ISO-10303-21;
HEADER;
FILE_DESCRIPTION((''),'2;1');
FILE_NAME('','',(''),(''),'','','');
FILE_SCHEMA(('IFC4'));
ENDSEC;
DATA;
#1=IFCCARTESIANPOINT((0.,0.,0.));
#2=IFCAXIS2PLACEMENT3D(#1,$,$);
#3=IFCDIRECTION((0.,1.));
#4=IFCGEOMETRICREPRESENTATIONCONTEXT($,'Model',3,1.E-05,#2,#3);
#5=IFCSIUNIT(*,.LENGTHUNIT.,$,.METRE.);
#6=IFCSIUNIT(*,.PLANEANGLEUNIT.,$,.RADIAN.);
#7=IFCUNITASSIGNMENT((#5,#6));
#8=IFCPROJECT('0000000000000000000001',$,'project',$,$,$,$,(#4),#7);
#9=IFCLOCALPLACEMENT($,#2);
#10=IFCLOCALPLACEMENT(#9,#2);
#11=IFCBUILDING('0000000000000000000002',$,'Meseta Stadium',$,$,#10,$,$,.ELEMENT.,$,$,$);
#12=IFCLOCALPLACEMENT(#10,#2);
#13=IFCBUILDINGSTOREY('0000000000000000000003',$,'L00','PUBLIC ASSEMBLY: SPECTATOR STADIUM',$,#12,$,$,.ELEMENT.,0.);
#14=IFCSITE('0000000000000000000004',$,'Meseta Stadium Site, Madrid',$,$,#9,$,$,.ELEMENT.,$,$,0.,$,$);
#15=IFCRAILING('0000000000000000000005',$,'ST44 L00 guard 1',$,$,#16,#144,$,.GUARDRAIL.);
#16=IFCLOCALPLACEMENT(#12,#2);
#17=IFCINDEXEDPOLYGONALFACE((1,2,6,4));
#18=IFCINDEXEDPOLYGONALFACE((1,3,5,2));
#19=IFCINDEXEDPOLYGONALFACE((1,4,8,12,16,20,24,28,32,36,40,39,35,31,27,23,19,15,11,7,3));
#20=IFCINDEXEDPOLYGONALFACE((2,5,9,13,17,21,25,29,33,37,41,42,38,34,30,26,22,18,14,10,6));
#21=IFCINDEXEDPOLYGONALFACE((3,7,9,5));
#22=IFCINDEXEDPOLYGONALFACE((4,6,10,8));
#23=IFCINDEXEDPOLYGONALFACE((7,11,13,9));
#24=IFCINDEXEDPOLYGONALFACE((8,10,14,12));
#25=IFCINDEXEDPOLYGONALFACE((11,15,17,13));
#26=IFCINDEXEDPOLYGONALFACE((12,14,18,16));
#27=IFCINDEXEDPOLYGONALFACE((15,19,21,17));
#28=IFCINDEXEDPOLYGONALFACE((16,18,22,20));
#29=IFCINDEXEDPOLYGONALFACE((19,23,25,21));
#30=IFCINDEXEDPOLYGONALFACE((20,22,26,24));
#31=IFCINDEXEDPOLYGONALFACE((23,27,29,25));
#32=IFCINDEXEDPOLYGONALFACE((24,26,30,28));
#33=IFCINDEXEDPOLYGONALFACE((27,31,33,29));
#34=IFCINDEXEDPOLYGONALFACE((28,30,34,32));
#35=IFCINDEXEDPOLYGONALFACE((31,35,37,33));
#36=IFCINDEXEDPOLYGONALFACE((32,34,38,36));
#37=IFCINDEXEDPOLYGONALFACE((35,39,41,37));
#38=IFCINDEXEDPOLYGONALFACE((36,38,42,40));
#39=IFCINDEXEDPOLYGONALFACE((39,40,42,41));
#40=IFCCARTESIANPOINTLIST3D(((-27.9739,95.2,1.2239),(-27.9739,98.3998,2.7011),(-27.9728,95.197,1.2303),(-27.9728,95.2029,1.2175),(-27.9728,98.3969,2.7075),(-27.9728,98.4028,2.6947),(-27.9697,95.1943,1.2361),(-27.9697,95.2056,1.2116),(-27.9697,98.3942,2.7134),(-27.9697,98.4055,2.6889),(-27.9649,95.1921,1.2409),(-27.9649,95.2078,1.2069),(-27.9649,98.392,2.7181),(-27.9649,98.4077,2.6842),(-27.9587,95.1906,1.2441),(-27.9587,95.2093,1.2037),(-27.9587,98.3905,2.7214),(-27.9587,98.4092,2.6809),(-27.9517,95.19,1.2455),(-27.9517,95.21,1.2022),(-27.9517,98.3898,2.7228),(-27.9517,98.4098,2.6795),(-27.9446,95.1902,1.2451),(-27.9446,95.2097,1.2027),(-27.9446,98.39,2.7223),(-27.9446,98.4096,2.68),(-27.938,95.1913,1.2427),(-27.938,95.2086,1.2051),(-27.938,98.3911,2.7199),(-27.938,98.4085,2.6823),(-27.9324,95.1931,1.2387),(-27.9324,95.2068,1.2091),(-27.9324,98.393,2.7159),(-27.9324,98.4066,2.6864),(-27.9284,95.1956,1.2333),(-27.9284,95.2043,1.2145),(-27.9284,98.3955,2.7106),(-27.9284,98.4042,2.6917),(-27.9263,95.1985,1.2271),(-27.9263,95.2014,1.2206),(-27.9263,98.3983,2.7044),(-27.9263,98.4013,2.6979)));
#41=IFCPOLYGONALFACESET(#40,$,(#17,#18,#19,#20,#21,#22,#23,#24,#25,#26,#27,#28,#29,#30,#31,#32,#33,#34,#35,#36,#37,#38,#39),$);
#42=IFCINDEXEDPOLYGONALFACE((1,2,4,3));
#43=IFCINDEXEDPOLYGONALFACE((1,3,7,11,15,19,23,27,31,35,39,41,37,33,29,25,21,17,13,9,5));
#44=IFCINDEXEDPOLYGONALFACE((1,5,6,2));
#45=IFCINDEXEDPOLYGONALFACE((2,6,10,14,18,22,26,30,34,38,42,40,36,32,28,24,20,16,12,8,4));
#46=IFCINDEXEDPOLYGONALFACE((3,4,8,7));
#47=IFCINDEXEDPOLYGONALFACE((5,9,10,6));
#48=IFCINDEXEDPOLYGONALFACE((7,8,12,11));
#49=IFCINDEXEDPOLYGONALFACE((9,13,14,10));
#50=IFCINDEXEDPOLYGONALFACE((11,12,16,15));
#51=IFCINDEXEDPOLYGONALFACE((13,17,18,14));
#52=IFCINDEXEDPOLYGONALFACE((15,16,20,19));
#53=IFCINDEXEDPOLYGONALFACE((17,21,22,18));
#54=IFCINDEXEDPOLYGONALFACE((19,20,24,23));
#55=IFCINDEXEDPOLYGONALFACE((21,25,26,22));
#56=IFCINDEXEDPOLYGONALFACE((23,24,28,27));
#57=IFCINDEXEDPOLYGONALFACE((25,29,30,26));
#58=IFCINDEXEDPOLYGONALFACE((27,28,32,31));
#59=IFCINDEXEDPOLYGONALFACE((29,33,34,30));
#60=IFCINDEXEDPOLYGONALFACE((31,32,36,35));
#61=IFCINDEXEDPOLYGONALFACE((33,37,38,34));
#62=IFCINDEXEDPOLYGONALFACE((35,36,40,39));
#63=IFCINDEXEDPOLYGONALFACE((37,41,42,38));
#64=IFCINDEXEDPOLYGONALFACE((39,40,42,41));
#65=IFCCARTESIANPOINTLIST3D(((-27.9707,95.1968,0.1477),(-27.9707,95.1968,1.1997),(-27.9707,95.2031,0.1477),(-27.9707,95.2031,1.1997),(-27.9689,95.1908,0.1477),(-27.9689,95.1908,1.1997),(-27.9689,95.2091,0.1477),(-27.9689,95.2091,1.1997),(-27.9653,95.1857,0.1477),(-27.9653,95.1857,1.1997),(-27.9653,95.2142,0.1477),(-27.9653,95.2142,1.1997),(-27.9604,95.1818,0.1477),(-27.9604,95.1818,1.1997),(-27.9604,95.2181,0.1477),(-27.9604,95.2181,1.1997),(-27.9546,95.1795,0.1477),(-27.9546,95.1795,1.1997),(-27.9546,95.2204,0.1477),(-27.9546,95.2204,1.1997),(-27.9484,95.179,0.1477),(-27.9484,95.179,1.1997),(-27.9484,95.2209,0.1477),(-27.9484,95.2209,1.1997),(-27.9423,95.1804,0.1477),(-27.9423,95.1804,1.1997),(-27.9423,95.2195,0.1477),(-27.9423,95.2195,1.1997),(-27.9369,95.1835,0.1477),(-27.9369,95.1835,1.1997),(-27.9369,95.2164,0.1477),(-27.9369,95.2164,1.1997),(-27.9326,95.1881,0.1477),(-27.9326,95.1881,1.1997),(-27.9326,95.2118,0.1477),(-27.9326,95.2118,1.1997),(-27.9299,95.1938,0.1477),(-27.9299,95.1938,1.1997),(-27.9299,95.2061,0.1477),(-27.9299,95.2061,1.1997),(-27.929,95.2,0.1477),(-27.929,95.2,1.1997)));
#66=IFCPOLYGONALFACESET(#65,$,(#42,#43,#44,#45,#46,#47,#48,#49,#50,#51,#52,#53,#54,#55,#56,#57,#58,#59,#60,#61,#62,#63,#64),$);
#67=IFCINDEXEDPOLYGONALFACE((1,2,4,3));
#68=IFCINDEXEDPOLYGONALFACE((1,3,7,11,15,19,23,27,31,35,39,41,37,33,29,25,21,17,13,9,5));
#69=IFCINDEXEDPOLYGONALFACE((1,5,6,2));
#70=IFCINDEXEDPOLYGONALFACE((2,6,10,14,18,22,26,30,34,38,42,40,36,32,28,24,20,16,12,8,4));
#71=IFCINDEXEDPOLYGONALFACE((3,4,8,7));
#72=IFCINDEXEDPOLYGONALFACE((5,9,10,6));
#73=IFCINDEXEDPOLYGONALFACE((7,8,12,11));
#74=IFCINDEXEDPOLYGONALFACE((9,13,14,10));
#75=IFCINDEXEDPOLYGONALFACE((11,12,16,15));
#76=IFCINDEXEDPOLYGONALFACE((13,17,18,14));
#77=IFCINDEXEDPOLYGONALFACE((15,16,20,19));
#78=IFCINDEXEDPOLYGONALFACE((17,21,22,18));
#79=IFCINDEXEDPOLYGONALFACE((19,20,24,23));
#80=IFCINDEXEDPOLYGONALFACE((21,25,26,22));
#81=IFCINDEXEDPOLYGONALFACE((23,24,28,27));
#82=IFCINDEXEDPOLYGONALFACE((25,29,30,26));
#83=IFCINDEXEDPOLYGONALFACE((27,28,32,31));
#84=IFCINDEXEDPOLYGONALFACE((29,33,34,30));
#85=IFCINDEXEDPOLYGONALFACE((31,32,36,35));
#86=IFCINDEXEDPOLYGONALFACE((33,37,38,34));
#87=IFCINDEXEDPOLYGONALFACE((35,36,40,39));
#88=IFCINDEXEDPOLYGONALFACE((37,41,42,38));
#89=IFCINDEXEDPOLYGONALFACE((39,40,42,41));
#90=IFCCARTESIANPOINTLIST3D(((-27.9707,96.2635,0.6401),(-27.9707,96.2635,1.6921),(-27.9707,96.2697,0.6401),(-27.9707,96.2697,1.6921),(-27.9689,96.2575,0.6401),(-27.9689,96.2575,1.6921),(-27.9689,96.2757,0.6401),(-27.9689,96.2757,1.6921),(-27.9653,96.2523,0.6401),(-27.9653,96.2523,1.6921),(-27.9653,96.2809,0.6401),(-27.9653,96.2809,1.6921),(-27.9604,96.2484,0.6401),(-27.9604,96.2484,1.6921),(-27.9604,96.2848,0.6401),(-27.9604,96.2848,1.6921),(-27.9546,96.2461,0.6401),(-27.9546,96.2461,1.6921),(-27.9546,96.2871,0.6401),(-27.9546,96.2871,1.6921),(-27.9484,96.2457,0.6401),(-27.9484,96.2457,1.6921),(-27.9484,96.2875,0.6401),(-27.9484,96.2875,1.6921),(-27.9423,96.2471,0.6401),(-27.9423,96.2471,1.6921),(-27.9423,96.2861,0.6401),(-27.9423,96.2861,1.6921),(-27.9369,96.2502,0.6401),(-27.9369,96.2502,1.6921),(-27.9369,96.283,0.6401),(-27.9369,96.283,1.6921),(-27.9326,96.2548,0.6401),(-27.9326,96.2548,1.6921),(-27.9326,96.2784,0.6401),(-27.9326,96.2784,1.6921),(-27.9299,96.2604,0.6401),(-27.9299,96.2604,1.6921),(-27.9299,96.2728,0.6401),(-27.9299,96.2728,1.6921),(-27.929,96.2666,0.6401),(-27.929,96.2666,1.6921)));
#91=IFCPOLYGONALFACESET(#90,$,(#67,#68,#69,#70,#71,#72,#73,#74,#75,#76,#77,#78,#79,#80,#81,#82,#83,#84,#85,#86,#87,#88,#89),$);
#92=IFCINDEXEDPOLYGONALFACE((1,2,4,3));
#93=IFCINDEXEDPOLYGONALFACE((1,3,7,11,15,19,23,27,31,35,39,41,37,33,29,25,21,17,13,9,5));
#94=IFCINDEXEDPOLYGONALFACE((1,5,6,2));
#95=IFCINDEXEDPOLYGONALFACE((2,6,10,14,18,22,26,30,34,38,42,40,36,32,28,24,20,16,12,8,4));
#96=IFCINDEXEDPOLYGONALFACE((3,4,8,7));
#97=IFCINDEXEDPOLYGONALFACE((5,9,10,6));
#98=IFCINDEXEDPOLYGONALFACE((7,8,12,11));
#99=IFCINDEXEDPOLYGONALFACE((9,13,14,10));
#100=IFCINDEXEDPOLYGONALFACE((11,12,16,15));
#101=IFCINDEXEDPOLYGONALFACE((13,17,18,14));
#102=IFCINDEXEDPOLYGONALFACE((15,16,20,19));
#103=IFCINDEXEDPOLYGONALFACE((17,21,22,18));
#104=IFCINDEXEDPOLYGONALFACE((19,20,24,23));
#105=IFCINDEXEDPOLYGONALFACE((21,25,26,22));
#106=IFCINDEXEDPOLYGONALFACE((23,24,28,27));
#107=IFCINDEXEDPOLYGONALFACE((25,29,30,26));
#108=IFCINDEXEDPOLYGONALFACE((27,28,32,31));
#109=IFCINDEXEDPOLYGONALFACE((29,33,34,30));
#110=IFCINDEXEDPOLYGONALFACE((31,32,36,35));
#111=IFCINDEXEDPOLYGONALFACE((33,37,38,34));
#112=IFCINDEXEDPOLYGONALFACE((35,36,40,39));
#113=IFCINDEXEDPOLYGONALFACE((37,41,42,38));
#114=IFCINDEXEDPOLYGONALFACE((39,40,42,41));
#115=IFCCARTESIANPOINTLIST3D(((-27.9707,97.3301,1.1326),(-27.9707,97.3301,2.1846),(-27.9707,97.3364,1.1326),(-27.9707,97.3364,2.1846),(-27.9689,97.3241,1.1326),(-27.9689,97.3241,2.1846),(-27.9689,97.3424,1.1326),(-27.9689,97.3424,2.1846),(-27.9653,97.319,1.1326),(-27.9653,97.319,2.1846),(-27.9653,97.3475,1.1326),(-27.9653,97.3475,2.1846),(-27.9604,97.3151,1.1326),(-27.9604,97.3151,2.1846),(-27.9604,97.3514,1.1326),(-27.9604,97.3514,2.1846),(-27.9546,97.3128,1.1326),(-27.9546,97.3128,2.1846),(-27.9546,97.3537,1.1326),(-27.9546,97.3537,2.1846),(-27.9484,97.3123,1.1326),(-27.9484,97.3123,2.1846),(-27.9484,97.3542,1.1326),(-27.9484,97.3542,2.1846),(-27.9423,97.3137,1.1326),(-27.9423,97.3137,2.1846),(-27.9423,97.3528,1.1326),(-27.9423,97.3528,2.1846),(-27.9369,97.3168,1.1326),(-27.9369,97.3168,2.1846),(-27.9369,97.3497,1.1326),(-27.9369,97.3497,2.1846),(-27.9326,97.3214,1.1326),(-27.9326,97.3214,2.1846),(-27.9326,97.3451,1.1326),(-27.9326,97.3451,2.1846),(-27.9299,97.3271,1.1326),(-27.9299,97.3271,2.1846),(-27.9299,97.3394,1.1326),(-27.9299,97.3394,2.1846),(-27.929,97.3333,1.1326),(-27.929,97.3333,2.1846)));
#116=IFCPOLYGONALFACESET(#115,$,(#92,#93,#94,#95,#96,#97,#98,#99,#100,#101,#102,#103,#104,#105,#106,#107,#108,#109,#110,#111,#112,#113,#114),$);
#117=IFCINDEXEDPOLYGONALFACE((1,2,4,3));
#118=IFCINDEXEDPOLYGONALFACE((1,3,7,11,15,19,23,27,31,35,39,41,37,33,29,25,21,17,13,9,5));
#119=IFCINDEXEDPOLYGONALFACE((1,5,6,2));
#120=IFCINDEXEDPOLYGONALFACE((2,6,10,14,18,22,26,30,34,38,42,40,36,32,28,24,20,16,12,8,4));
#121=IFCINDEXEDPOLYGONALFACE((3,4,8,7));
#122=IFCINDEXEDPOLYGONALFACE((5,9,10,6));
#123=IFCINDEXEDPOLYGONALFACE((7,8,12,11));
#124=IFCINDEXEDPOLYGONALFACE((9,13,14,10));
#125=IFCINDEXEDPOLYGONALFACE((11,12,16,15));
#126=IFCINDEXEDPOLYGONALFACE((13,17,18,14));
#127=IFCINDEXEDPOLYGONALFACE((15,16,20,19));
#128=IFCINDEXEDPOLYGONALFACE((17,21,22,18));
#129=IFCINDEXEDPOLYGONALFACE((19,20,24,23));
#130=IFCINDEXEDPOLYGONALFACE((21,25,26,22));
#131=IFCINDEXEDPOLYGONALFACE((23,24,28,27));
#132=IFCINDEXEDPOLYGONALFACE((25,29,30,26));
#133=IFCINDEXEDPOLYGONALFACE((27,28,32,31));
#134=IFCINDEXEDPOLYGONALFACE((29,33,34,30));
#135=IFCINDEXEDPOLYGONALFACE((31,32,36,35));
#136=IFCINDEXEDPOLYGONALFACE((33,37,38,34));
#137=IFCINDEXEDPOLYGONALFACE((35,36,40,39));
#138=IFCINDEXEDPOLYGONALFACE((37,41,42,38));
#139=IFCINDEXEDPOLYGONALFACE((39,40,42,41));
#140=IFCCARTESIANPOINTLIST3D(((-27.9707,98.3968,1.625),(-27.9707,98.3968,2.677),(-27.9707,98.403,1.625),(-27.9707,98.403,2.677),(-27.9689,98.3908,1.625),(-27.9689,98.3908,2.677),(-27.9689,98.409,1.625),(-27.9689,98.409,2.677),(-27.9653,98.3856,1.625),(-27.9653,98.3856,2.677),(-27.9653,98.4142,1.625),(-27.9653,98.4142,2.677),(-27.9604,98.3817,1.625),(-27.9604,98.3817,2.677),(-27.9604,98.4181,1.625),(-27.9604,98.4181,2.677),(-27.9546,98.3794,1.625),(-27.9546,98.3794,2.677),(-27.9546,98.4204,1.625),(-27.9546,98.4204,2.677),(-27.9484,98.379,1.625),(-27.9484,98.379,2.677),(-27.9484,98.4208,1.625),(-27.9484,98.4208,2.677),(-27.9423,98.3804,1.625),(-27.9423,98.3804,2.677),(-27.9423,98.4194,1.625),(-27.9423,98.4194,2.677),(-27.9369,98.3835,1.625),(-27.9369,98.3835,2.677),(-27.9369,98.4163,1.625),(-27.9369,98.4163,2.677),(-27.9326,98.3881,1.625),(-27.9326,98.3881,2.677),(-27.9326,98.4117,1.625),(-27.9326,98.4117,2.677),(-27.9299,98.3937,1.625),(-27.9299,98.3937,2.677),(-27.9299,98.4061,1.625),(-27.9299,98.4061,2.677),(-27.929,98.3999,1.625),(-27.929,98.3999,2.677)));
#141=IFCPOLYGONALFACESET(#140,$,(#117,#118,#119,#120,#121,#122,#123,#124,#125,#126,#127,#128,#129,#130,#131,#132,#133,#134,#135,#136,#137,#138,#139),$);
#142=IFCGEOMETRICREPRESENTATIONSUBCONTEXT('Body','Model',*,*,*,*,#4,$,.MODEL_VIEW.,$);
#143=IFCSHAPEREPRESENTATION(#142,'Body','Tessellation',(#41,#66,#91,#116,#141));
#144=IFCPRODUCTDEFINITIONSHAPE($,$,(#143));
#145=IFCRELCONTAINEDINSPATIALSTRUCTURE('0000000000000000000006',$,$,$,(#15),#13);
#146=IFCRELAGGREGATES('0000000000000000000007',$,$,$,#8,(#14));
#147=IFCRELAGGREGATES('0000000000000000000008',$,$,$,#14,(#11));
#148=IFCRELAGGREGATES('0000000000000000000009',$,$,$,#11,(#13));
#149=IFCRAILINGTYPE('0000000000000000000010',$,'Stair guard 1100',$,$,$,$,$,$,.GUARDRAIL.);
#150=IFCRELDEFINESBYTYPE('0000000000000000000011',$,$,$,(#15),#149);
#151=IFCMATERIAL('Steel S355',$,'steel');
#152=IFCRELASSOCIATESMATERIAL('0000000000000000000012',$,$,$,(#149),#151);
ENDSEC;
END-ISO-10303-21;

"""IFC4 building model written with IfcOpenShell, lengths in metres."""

from ifc_helpers import new_model, si_unit, direction, frame, origin, origin_2d, place, context, subcontext, project, spatial, circle, extrude, material, type_object, element, save


model = new_model("IFC4")

# Units and contexts
model_context = context("Model", 3, precision=1e-05, world=origin(), true_north=direction((0.0, 1.0)))
body_context = subcontext(model_context, "Body", "Model", "MODEL_VIEW")
ifc_project = project(units=[si_unit("LENGTHUNIT", "METRE"), si_unit("PLANEANGLEUNIT", "RADIAN")], contexts=[model_context])

# Site, building, storey
site_placement = place(None, origin())
site = spatial("IfcSite", under=ifc_project, at=site_placement, Name="Meseta Stadium Site, Madrid", CompositionType="ELEMENT", RefElevation=0.0)
building_placement = place(site_placement, origin())
building = spatial("IfcBuilding", under=site, at=building_placement, Name="Meseta Stadium", CompositionType="ELEMENT")
storey_placement = place(building_placement, origin())
storey = spatial("IfcBuildingStorey", under=building, at=storey_placement, Name="L00", Description="PUBLIC ASSEMBLY: SPECTATOR STADIUM", CompositionType="ELEMENT", Elevation=0.0)

# Railing
ifc_material_1 = material(Name="Steel S355", Category="steel")
railing_type_1 = type_object("IfcRailingType", Name="Stair guard 1100", PredefinedType="GUARDRAIL", material=ifc_material_1)
railing_1_placement = place(storey_placement, frame((-27.95, 95.2, 0.1477)))
element("IfcRailing", 1, at=railing_1_placement, inside=storey, type_object=railing_type_1, Name="ST44 L00 guard 1", PredefinedType="GUARDRAIL", context=body_context, shape_type="SweptSolid", body=[
    extrude(circle(Radius=0.0239, at=origin_2d()), frame((0.0, 0.0, 1.0762), z_axis=(0.0, 0.907917, 0.41915), x_axis=(-1.0, 0.0, 0.0)), (0.0, 0.0, 1.0), 3.5244),
    extrude(circle(Radius=0.021, at=origin_2d()), origin(), (0.0, 0.0, 1.0), 1.052),
    extrude(circle(Radius=0.021, at=origin_2d()), frame((0.0, 1.0667, 0.4924)), (0.0, 0.0, 1.0), 1.052),
    extrude(circle(Radius=0.021, at=origin_2d()), frame((0.0, 2.1333, 0.9849)), (0.0, 0.0, 1.0), 1.052),
    extrude(circle(Radius=0.021, at=origin_2d()), frame((0.0, 3.2, 1.4773)), (0.0, 0.0, 1.0), 1.052),
])

save(model, "model.ifc")
